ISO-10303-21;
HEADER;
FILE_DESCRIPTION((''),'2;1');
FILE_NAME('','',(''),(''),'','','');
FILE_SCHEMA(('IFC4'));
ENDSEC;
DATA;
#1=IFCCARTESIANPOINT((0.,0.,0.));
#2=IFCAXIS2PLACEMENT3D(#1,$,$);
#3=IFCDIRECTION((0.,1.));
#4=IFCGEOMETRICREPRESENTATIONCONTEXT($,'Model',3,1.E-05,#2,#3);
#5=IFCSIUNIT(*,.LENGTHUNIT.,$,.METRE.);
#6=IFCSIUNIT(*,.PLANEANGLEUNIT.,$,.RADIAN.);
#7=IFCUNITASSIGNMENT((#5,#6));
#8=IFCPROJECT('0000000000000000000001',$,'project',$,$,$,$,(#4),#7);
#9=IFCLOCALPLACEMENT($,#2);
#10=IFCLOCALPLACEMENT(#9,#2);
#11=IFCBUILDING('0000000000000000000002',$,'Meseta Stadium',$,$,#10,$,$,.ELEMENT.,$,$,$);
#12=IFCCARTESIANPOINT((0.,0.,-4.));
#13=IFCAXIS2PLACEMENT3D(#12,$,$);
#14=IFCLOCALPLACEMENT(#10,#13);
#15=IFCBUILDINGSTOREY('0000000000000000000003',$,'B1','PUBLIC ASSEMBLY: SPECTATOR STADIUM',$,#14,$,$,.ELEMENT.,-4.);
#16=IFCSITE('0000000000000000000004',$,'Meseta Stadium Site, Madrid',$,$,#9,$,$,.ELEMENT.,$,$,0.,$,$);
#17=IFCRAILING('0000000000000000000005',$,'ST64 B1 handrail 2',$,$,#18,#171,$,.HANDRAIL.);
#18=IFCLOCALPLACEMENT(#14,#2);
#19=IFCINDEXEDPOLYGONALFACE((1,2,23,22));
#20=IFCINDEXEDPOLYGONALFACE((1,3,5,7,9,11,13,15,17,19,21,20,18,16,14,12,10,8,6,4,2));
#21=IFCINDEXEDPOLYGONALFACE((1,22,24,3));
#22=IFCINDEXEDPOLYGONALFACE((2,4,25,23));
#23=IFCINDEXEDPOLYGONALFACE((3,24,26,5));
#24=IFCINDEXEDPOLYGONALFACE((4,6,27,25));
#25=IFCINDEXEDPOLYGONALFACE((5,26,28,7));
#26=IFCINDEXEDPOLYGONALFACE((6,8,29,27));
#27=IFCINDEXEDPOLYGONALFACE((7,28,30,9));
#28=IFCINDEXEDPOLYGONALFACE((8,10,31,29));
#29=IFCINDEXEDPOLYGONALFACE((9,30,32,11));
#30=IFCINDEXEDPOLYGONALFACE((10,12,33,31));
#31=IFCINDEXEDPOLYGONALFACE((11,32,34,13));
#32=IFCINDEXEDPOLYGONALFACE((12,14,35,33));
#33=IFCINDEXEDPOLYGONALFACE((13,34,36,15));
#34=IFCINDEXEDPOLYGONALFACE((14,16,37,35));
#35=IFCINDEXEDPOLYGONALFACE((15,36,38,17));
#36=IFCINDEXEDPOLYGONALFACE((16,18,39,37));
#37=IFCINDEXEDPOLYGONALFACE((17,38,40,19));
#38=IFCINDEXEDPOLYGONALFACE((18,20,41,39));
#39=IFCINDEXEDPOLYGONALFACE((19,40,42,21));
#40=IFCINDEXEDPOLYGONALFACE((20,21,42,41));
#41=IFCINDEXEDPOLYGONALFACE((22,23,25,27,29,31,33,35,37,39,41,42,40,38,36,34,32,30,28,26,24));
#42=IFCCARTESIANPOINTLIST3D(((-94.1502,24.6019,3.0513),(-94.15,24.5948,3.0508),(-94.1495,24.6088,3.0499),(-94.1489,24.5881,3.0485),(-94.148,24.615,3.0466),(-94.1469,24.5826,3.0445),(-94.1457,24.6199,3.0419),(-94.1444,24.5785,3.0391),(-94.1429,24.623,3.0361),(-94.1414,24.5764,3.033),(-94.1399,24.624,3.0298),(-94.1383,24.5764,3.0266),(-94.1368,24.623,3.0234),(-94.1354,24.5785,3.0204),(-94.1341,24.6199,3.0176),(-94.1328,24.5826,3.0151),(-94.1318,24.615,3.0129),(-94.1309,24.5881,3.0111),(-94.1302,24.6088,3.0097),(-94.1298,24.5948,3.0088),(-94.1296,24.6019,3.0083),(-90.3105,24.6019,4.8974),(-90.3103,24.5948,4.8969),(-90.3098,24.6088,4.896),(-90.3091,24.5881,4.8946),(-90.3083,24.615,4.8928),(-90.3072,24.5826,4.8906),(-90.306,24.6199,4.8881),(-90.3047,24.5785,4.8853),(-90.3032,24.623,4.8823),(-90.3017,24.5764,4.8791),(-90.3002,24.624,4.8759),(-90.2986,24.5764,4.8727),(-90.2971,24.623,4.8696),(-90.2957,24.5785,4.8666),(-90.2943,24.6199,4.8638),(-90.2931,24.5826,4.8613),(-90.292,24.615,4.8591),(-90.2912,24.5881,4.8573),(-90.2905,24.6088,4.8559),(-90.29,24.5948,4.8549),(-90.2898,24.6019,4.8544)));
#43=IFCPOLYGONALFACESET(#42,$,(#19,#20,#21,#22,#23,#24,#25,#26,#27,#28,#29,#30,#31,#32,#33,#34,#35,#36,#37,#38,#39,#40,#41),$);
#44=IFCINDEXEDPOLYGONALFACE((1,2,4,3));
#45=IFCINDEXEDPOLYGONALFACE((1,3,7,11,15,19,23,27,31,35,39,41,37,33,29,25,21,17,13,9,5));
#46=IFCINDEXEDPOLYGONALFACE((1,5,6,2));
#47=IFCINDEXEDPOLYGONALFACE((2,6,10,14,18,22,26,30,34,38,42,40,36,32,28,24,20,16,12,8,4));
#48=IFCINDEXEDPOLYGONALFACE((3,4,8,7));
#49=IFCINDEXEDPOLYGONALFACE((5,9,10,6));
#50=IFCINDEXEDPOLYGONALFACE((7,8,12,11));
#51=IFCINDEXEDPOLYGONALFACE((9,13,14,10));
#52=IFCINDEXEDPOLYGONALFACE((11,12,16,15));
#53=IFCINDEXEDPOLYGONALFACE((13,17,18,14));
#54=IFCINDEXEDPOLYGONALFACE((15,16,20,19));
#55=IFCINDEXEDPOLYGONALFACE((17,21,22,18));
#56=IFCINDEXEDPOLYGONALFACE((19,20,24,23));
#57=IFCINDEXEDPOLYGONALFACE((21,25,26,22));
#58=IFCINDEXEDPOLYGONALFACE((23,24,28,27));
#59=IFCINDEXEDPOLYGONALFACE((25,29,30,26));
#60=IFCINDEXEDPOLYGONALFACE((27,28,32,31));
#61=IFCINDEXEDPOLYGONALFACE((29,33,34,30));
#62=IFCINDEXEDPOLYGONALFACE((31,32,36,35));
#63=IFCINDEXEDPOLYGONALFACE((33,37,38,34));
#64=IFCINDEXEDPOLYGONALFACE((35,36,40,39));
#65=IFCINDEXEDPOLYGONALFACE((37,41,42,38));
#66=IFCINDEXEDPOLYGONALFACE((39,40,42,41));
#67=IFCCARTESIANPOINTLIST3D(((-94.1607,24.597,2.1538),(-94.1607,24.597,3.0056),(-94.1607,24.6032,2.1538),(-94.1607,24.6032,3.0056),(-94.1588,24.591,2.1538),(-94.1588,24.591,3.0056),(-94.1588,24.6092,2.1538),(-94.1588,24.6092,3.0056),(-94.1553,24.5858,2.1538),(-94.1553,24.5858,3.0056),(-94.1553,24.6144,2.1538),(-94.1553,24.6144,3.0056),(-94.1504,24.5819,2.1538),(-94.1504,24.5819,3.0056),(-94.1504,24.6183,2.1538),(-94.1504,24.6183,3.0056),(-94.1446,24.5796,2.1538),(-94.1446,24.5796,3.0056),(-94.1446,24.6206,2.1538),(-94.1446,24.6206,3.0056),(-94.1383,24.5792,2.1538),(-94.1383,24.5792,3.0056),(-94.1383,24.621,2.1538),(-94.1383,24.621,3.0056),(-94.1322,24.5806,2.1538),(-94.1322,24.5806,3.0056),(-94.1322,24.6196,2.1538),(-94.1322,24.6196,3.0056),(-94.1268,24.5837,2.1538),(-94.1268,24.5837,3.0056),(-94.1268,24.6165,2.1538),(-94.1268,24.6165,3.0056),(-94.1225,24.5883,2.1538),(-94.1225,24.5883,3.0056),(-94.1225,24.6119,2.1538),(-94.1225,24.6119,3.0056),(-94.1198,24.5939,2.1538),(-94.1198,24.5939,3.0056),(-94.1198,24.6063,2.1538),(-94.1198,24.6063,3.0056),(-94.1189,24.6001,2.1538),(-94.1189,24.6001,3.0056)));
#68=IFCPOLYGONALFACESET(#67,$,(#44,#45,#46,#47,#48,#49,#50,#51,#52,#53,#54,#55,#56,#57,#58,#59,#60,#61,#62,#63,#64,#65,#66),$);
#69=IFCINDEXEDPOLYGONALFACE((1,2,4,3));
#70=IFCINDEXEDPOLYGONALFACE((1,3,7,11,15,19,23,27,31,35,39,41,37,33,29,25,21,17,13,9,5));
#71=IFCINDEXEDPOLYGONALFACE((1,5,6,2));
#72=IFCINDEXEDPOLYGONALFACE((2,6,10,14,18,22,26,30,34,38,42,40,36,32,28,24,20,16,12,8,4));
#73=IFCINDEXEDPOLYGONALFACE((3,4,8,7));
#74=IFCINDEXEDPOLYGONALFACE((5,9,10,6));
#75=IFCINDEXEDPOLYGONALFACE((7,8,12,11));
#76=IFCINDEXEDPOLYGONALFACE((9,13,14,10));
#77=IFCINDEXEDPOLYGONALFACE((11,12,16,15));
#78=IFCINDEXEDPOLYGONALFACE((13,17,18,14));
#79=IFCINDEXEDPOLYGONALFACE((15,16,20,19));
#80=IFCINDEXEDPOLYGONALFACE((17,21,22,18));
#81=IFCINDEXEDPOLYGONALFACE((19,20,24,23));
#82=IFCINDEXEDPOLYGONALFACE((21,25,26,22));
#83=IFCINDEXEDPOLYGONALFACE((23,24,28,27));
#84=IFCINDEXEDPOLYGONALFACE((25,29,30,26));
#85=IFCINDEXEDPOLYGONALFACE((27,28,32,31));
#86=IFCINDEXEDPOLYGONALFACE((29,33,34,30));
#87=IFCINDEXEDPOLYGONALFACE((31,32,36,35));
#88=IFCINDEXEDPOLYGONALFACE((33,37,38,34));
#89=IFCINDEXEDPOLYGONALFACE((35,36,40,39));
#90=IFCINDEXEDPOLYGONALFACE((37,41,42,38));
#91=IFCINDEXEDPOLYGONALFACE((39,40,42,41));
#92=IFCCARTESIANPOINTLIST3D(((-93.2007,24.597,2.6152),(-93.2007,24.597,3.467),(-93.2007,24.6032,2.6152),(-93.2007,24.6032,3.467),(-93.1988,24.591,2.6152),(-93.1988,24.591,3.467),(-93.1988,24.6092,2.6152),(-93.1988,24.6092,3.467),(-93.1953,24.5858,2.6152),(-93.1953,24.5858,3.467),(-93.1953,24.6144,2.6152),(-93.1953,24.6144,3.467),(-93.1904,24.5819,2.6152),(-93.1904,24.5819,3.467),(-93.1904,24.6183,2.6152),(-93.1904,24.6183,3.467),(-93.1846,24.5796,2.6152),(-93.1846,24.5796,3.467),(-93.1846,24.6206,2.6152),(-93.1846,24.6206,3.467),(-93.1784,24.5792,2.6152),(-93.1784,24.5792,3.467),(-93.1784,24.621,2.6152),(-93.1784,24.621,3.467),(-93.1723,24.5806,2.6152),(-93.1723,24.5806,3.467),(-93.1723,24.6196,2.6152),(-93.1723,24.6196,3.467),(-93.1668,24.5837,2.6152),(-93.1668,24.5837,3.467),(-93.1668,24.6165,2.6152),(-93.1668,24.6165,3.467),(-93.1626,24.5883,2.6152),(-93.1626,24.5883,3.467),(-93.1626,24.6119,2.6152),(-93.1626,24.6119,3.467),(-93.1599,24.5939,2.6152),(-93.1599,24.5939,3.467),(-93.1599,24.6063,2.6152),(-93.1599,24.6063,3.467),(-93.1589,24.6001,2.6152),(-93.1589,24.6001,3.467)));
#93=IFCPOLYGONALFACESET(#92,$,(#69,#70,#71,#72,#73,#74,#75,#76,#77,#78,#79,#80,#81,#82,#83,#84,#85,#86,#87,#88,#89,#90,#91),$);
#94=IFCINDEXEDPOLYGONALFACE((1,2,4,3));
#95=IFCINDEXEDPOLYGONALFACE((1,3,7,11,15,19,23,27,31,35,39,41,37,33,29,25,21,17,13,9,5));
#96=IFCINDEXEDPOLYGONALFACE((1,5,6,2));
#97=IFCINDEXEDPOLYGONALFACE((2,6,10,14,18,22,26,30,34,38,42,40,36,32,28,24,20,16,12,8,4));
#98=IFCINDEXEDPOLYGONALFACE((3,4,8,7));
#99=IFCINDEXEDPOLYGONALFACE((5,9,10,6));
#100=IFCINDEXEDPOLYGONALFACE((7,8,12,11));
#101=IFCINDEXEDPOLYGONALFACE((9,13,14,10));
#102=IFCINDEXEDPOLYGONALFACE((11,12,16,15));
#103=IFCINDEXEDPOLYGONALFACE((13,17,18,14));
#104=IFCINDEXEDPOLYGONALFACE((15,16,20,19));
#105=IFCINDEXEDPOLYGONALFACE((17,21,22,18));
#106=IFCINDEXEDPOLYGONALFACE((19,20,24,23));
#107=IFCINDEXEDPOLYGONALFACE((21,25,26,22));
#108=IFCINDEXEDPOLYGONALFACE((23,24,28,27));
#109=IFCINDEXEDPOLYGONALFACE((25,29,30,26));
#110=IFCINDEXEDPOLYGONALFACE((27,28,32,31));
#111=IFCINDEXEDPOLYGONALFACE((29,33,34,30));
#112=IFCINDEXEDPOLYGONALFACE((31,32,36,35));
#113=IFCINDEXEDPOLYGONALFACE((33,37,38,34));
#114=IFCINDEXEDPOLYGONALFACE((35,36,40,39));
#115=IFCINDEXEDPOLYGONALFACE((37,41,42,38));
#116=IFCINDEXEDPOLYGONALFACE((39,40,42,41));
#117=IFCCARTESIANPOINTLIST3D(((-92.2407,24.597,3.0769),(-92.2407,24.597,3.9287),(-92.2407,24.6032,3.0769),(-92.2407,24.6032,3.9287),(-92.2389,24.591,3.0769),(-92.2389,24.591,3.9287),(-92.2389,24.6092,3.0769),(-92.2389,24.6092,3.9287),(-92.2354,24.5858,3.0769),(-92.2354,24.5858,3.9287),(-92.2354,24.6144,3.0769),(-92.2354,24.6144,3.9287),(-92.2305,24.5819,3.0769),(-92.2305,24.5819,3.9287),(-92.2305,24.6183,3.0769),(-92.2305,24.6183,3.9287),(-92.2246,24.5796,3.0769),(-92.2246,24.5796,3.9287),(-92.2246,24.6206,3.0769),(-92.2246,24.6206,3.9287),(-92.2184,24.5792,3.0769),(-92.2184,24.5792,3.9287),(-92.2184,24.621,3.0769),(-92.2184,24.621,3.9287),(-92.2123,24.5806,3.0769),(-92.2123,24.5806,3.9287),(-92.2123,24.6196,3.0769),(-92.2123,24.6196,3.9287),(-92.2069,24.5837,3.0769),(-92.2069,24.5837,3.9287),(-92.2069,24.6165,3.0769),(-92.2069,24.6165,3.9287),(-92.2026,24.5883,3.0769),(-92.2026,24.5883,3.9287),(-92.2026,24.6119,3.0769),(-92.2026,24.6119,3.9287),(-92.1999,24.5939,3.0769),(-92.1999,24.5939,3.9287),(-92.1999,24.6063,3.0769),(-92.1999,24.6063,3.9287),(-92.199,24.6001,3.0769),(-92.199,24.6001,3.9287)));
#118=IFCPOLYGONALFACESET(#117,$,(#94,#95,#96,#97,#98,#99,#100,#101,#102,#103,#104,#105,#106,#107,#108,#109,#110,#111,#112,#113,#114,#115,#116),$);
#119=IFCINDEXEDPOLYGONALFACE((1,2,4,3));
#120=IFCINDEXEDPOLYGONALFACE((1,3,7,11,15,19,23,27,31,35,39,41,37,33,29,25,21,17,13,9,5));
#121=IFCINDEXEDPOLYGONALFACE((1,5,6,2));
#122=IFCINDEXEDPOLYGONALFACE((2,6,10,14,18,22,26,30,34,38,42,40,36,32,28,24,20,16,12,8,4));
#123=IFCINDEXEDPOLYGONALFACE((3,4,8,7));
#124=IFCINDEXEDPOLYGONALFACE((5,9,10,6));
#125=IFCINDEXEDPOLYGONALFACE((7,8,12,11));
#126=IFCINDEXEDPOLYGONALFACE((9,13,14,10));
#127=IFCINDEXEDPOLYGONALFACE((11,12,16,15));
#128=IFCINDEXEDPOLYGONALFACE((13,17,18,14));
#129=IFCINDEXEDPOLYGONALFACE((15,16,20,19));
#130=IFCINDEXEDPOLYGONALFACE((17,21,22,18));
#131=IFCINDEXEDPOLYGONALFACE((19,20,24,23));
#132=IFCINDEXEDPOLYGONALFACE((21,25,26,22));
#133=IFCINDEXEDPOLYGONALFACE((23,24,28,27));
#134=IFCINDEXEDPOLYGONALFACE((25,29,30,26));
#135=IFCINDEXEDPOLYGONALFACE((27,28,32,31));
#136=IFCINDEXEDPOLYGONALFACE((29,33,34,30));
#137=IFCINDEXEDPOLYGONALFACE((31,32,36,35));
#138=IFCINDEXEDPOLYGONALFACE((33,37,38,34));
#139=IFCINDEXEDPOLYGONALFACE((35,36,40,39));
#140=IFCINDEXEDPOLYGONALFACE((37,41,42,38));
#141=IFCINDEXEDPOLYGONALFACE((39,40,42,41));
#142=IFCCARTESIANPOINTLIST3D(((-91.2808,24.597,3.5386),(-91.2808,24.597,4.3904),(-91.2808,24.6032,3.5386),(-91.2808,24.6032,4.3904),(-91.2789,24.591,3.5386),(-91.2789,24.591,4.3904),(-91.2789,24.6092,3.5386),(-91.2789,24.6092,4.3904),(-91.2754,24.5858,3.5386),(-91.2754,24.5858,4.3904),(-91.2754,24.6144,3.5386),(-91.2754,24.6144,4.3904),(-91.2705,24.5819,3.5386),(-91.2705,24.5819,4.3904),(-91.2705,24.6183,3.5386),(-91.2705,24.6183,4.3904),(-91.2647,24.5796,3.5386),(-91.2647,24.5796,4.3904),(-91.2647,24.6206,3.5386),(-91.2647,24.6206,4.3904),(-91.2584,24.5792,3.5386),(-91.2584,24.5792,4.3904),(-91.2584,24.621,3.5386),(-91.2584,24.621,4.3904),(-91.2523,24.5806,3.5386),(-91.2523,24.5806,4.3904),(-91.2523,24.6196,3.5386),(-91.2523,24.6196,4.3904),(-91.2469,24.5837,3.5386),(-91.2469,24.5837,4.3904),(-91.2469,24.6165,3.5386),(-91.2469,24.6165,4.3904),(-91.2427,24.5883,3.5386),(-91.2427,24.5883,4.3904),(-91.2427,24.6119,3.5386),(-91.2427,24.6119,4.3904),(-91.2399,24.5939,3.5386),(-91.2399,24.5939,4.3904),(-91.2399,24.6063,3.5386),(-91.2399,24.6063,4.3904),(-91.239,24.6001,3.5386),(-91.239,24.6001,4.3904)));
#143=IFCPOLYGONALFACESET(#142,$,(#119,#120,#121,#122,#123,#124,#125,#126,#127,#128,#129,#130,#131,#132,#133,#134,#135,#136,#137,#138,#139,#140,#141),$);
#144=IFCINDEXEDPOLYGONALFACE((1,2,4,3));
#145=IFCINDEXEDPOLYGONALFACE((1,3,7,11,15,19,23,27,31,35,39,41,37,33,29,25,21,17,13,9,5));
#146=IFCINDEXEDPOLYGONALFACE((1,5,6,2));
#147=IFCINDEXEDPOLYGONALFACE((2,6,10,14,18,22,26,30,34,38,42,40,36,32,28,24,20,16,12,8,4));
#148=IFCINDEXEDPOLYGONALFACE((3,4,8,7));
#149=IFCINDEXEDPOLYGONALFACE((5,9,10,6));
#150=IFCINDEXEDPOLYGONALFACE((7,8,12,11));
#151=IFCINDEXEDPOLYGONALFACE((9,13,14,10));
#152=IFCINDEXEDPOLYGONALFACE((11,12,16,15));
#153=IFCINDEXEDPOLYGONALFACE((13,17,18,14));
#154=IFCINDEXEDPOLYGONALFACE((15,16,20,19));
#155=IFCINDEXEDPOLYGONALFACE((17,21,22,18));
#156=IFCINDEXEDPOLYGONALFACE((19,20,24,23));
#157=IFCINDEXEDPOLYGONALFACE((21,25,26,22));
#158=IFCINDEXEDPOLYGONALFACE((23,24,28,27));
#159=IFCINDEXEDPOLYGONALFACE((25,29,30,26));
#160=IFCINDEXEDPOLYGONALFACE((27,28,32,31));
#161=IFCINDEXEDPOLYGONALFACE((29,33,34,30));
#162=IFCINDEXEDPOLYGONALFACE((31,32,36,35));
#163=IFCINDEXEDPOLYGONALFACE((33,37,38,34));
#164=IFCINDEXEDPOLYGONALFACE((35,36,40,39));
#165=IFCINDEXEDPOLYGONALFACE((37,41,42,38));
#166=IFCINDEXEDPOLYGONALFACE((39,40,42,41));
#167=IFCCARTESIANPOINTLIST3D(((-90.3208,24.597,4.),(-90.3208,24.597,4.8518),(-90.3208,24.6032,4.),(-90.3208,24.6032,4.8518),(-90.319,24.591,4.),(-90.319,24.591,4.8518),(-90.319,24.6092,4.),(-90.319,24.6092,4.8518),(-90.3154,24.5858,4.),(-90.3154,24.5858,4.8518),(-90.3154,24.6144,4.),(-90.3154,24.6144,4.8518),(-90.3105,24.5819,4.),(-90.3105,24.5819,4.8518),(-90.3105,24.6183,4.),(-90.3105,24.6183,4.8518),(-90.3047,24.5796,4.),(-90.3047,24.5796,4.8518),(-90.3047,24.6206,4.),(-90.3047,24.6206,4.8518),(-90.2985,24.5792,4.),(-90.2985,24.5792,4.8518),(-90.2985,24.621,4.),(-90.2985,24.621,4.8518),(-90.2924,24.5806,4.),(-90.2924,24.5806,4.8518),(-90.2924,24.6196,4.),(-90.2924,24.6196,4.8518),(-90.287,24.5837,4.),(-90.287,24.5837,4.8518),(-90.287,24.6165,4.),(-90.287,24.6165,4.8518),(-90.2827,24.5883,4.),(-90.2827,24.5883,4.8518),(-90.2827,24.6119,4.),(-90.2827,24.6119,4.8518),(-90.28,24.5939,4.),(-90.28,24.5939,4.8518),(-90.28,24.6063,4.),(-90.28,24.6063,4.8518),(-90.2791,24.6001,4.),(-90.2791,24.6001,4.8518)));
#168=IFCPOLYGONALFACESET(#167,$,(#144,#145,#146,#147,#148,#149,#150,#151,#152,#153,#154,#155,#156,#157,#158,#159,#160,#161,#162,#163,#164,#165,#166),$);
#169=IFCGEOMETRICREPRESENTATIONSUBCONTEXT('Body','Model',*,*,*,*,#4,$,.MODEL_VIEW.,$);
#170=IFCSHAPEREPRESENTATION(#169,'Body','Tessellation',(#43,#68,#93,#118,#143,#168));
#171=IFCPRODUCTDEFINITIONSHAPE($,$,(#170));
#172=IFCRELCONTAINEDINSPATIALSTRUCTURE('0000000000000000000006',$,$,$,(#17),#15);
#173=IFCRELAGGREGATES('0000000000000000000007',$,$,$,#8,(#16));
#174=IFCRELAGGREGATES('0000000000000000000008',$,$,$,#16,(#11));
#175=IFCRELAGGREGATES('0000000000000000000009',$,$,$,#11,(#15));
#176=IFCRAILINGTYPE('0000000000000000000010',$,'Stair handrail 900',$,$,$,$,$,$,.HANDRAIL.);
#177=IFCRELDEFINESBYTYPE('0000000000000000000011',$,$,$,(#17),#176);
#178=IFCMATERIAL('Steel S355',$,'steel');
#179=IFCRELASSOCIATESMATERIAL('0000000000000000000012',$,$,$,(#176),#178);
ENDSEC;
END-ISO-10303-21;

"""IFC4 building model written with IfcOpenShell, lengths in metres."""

from ifc_helpers import new_model, si_unit, direction, frame, origin, origin_2d, place, context, subcontext, project, spatial, circle, extrude, material, type_object, element, save


model = new_model("IFC4")

# Units and contexts
model_context = context("Model", 3, precision=1e-05, world=origin(), true_north=direction((0.0, 1.0)))
body_context = subcontext(model_context, "Body", "Model", "MODEL_VIEW")
ifc_project = project(units=[si_unit("LENGTHUNIT", "METRE"), si_unit("PLANEANGLEUNIT", "RADIAN")], contexts=[model_context])

# Site, building, storey
site_placement = place(None, origin())
site = spatial("IfcSite", under=ifc_project, at=site_placement, Name="Meseta Stadium Site, Madrid", CompositionType="ELEMENT", RefElevation=0.0)
building_placement = place(site_placement, origin())
building = spatial("IfcBuilding", under=site, at=building_placement, Name="Meseta Stadium", CompositionType="ELEMENT")
storey_placement = place(building_placement, frame((0.0, 0.0, -4.0)))
storey = spatial("IfcBuildingStorey", under=building, at=storey_placement, Name="B1", Description="PUBLIC ASSEMBLY: SPECTATOR STADIUM", CompositionType="ELEMENT", Elevation=-4.0)

# Railing
ifc_material_1 = material(Name="Steel S355", Category="steel")
railing_type_1 = type_object("IfcRailingType", Name="Stair handrail 900", PredefinedType="HANDRAIL", material=ifc_material_1)
for number, where, name in (
    (1, (-94.1399, 24.6001, 2.1538), "ST64 B1 handrail 2"),
):
    element("IfcRailing", number, at=place(storey_placement, frame(where)), inside=storey, type_object=railing_type_1, Name=name, PredefinedType="HANDRAIL", context=body_context, shape_type="SweptSolid", body=[
        extrude(circle(Radius=0.0239, at=origin_2d()), frame((0.0, 0.0, 0.876), z_axis=(0.901242, 0.0, 0.433316), x_axis=(0.0, 1.0, 0.0)), (0.0, 0.0, 1.0), 4.2605),
        extrude(circle(Radius=0.021, at=origin_2d()), origin(), (0.0, 0.0, 1.0), 0.8518),
        extrude(circle(Radius=0.021, at=origin_2d()), frame((0.96, 0.0, 0.4614)), (0.0, 0.0, 1.0), 0.8518),
        extrude(circle(Radius=0.021, at=origin_2d()), frame((1.9199, 0.0, 0.9231)), (0.0, 0.0, 1.0), 0.8518),
        extrude(circle(Radius=0.021, at=origin_2d()), frame((2.8799, 0.0, 1.3848)), (0.0, 0.0, 1.0), 0.8518),
        extrude(circle(Radius=0.021, at=origin_2d()), frame((3.8398, 0.0, 1.8462)), (0.0, 0.0, 1.0), 0.8518),
    ])

save(model, "model.ifc")
